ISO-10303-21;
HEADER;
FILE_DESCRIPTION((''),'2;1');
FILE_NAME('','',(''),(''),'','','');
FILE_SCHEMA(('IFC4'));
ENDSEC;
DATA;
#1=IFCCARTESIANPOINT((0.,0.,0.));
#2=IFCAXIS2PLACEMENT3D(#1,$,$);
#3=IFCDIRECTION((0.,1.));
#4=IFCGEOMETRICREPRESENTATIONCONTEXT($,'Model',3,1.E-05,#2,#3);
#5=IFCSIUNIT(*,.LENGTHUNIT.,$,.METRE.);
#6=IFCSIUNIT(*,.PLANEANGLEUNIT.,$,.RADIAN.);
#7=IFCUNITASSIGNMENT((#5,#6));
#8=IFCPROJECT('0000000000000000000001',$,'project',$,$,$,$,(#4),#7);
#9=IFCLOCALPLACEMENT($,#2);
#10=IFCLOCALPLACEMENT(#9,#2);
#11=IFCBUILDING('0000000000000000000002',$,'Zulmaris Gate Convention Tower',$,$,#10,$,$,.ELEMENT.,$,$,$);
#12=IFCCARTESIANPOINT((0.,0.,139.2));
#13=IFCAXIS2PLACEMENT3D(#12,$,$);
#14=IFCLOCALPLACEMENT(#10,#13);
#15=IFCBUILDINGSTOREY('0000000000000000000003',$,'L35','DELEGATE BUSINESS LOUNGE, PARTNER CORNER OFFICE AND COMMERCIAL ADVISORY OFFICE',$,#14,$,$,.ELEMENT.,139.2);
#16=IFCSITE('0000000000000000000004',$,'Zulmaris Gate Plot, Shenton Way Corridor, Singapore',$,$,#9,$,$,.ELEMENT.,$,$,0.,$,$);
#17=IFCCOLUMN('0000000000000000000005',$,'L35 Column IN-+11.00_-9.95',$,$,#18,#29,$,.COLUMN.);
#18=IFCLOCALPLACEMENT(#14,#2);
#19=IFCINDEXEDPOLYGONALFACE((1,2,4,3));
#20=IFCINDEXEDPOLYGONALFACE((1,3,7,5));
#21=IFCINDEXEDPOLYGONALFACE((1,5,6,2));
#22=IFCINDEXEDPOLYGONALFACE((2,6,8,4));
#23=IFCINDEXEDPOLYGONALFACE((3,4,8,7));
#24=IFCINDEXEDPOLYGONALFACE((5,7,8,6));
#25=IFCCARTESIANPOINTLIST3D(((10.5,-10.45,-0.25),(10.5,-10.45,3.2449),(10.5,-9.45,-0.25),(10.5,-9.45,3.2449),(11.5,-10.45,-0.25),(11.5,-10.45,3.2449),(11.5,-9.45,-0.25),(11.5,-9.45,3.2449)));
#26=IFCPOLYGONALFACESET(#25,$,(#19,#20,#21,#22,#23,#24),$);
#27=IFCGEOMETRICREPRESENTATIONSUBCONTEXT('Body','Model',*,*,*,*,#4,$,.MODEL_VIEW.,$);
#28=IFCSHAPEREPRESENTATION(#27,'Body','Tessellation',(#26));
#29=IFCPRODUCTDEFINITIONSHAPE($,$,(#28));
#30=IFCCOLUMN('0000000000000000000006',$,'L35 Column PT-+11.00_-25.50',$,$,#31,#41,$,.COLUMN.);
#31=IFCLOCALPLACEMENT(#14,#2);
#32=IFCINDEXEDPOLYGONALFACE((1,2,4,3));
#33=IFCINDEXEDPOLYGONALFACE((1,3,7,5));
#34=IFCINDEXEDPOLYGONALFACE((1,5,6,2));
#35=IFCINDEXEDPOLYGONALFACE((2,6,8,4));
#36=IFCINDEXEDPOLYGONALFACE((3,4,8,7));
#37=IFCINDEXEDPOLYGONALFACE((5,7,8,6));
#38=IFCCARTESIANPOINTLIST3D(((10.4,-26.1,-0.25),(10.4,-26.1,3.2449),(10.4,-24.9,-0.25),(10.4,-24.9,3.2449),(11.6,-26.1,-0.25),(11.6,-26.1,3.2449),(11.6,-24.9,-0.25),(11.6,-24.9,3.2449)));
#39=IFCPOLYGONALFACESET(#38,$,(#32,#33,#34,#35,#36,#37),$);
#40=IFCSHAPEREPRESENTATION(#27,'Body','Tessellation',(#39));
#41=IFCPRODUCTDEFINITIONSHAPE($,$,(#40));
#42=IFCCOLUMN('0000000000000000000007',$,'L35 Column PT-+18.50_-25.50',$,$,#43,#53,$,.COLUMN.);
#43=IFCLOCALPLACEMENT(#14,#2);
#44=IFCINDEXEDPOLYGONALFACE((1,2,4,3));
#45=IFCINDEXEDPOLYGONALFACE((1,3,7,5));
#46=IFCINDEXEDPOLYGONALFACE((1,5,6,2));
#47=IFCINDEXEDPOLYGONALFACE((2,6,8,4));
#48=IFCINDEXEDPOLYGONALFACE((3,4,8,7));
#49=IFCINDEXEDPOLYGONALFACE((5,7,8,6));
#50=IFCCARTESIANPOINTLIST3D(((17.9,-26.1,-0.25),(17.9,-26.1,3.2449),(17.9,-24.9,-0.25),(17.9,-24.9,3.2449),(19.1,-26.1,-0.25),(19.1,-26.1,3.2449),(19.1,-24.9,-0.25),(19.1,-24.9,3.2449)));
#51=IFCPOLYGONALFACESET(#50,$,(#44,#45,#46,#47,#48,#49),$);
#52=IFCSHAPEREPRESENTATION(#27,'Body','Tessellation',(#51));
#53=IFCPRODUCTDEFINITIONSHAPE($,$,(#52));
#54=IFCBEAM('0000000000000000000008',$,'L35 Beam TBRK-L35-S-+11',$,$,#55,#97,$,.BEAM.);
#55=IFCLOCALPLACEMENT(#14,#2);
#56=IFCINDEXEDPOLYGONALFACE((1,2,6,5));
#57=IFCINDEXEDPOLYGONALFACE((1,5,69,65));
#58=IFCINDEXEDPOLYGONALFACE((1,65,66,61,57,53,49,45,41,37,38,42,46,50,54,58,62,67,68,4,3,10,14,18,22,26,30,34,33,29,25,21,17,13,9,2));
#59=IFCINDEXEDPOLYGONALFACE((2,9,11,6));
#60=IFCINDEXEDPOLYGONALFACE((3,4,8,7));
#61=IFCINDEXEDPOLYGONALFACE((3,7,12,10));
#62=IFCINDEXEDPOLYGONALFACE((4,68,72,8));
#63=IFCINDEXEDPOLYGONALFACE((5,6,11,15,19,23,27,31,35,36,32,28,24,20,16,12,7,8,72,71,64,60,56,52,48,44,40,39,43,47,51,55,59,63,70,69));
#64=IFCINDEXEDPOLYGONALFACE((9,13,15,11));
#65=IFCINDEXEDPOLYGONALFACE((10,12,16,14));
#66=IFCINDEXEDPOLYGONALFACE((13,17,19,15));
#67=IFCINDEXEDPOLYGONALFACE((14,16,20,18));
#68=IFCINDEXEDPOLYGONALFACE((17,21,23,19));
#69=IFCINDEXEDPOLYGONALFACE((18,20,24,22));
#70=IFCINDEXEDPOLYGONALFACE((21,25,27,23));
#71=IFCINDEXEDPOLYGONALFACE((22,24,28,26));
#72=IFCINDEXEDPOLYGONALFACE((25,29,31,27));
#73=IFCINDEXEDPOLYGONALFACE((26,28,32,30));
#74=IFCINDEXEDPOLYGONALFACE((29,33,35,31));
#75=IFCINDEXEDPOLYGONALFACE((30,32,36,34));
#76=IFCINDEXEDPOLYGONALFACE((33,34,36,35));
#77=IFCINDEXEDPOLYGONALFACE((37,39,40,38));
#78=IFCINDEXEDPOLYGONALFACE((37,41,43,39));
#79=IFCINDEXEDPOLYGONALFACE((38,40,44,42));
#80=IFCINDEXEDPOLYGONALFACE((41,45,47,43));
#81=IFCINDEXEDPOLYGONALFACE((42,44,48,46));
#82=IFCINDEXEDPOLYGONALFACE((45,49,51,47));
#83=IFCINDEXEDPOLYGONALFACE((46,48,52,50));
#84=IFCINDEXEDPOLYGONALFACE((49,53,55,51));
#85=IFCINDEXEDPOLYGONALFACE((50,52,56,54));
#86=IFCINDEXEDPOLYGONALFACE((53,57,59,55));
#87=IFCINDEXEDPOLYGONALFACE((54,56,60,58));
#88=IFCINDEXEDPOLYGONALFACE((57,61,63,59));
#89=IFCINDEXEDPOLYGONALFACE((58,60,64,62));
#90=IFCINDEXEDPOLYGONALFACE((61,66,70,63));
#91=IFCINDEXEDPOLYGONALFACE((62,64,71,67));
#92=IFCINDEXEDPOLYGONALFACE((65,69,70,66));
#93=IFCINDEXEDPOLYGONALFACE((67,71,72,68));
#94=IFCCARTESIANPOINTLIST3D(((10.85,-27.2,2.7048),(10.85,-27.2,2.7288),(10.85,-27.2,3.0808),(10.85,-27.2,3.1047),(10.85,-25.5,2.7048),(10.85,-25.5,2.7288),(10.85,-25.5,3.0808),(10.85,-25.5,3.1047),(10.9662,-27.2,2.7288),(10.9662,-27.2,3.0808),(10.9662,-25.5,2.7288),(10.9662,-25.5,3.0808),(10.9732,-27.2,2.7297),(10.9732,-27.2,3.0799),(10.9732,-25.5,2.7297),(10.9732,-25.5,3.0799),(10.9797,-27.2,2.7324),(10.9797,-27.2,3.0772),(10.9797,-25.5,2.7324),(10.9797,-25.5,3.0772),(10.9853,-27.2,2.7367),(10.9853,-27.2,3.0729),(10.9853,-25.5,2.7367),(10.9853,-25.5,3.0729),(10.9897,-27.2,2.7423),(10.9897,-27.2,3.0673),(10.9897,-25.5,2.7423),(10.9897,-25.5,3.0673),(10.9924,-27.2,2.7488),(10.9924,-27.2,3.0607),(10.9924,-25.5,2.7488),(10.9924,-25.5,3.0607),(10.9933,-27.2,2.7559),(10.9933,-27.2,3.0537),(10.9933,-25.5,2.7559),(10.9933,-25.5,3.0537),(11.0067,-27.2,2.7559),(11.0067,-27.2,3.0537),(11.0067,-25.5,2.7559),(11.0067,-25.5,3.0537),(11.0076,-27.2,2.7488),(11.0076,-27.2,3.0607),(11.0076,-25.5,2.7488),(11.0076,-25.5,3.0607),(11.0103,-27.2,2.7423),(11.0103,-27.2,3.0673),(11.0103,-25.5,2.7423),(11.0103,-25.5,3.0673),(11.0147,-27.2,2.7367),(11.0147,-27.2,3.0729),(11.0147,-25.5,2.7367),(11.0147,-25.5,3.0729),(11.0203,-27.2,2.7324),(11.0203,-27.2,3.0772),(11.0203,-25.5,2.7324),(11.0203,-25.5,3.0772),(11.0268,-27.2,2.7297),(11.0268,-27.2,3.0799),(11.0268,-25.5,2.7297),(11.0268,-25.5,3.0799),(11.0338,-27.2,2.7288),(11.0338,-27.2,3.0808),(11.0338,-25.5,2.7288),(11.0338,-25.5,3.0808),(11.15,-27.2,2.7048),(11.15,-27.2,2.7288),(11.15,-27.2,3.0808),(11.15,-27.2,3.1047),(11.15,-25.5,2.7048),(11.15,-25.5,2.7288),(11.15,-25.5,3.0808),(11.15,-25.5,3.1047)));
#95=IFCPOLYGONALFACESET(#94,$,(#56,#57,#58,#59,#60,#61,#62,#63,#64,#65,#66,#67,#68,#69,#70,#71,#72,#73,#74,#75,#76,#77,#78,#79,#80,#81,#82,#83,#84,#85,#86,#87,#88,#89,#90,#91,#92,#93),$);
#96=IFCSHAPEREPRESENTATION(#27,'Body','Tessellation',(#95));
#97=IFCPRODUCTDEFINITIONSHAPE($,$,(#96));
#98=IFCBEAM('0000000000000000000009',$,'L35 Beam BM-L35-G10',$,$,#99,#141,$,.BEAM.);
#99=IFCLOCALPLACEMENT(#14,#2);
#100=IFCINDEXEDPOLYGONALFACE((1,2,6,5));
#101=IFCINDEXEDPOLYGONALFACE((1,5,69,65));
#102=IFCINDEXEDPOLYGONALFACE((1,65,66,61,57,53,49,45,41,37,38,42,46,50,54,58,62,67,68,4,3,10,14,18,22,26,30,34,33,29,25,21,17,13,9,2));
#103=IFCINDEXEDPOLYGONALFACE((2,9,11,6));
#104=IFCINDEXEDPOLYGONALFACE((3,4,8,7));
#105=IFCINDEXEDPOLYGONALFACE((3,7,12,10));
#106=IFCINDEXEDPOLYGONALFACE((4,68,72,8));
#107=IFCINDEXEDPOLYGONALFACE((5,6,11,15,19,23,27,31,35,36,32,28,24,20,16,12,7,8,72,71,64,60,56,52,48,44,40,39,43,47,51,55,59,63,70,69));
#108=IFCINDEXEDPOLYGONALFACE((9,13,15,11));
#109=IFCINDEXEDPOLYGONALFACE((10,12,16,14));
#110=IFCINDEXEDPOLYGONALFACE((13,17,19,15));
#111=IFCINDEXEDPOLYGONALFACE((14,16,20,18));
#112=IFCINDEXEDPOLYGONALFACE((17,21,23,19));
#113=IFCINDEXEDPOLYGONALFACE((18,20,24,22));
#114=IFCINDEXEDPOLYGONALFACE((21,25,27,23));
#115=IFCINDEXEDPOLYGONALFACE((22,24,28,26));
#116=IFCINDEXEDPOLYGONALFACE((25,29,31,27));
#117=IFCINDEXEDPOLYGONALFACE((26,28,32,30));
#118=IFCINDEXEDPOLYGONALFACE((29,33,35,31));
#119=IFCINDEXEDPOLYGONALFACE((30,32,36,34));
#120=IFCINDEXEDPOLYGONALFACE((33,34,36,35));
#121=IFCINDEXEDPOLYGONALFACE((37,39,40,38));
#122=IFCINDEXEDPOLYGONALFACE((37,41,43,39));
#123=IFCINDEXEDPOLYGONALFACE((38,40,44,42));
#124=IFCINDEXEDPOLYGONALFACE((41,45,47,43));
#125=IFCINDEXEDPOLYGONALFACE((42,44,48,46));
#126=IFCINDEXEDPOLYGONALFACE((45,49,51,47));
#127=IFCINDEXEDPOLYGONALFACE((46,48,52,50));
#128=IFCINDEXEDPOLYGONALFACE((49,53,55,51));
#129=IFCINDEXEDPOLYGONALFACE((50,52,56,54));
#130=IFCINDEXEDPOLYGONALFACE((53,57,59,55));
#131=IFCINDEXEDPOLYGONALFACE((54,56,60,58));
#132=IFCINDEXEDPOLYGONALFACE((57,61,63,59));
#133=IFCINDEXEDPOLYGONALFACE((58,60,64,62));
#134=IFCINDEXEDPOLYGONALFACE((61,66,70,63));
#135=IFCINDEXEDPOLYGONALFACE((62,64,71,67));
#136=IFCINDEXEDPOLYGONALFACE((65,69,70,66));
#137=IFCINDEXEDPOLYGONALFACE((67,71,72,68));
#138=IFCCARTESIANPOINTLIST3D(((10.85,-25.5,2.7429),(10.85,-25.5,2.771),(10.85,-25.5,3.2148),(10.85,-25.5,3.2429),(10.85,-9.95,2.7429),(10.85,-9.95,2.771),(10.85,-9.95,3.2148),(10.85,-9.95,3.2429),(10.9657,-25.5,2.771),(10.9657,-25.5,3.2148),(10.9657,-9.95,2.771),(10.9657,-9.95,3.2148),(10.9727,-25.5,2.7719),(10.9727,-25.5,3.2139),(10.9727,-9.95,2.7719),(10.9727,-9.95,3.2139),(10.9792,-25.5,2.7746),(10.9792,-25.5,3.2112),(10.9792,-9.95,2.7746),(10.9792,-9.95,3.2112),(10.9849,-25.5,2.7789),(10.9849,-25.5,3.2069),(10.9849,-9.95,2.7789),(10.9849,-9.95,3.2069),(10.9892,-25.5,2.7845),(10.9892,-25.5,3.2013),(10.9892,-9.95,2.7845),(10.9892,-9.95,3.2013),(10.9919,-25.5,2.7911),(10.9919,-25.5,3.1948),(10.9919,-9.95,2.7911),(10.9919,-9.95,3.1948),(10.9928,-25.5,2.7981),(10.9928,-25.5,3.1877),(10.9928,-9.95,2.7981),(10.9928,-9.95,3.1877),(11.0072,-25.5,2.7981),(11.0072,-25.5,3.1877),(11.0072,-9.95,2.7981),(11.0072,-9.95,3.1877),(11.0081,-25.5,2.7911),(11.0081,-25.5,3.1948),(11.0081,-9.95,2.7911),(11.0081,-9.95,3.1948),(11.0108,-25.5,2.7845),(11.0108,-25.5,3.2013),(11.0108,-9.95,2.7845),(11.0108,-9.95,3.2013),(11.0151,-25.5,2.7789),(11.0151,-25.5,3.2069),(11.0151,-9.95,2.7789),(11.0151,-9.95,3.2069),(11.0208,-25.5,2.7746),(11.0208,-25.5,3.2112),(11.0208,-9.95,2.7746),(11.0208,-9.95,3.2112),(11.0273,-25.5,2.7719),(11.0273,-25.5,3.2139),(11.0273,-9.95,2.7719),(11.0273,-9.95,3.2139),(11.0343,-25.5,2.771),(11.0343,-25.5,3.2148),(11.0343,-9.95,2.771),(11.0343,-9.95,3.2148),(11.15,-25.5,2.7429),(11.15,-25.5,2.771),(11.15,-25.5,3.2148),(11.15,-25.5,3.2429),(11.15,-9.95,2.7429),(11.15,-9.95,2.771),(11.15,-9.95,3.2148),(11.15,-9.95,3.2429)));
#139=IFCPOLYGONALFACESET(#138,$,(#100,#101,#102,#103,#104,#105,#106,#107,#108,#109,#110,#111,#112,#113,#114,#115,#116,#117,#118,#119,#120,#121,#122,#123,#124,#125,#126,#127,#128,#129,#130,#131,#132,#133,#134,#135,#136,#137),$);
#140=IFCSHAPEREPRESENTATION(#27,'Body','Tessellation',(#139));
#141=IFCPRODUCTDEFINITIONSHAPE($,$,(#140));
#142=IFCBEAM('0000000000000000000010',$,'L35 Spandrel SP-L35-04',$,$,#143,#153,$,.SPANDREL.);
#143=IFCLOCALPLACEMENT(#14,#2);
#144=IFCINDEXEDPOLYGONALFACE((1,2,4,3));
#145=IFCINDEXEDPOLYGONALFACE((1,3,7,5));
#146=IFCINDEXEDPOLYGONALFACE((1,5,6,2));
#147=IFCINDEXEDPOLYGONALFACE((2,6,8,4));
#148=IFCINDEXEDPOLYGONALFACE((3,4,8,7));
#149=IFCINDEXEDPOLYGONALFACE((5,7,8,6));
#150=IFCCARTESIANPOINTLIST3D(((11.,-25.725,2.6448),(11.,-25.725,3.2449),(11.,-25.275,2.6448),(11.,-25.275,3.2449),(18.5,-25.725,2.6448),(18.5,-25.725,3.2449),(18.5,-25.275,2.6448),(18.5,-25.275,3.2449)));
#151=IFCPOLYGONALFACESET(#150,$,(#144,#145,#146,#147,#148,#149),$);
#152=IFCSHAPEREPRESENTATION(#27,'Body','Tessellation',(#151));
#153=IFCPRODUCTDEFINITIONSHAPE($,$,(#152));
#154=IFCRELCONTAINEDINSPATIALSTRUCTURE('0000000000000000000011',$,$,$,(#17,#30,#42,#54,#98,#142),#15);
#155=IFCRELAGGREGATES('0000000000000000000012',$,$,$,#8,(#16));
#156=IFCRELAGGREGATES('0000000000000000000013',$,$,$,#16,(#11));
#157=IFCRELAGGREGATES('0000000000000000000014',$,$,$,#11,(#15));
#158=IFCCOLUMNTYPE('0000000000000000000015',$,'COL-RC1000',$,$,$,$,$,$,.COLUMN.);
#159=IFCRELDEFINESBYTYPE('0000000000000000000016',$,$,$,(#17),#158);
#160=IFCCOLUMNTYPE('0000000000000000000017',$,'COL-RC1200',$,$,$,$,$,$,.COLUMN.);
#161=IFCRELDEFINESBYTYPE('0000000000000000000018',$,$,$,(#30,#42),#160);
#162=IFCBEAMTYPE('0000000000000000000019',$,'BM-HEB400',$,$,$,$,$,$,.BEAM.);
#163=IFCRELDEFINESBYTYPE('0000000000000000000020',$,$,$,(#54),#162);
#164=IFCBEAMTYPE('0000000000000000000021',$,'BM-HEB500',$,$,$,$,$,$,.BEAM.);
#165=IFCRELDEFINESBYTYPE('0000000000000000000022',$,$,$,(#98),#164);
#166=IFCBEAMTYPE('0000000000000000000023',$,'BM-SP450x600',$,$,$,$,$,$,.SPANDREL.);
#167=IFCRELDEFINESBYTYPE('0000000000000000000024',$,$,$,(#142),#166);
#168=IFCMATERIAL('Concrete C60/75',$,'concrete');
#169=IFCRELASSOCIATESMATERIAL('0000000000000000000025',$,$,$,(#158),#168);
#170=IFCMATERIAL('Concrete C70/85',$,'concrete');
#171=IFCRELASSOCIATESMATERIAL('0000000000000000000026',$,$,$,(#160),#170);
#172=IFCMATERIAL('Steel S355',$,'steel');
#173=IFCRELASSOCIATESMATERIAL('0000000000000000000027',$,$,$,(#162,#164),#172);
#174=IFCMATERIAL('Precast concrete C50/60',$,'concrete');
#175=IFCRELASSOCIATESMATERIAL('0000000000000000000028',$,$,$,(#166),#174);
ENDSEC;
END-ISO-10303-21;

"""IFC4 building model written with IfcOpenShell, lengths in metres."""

from ifc_helpers import new_model, si_unit, direction, frame, origin, origin_2d, place, context, subcontext, project, spatial, rectangle, i_section, extrude, material, material_profile, profile_set, type_object, element, save


model = new_model("IFC4")

# Units and contexts
model_context = context("Model", 3, precision=1e-05, world=origin(), true_north=direction((0.0, 1.0)))
body_context = subcontext(model_context, "Body", "Model", "MODEL_VIEW")
ifc_project = project(units=[si_unit("LENGTHUNIT", "METRE"), si_unit("PLANEANGLEUNIT", "RADIAN")], contexts=[model_context])

# Site, building, storey
site_placement = place(None, origin())
site = spatial("IfcSite", under=ifc_project, at=site_placement, Name="Zulmaris Gate Plot, Shenton Way Corridor, Singapore", CompositionType="ELEMENT", RefElevation=0.0)
building_placement = place(site_placement, origin())
building = spatial("IfcBuilding", under=site, at=building_placement, Name="Zulmaris Gate Convention Tower", CompositionType="ELEMENT")
storey_placement = place(building_placement, frame((0.0, 0.0, 139.2)))
storey = spatial("IfcBuildingStorey", under=building, at=storey_placement, Name="L35", Description="DELEGATE BUSINESS LOUNGE, PARTNER CORNER OFFICE AND COMMERCIAL ADVISORY OFFICE", CompositionType="ELEMENT", Elevation=139.2)

# Columns
ifc_material_1 = material(Name="Concrete C60/75", Category="concrete")
ifc_material_profile_1 = material_profile(ifc_material_1, rectangle(XDim=1.0, YDim=1.0, at=origin_2d()), Name="RC COL 1000x1000")
ifc_profile_set_1 = profile_set([ifc_material_profile_1], Name="Concrete C60/75")
column_type_1 = type_object("IfcColumnType", Name="COL-RC1000", PredefinedType="COLUMN", material=ifc_profile_set_1)
column_placement = place(storey_placement, frame((11.0, -9.95, -0.25), z_axis=(0.0, 0.0, 1.0), x_axis=(1.0, 0.0, 0.0)))
element("IfcColumn", 1, at=column_placement, inside=storey, type_object=column_type_1, Name="L35 Column IN-+11.00_-9.95", PredefinedType="COLUMN", context=body_context, shape_type="SweptSolid", body=[
    extrude(rectangle(XDim=1.0, YDim=1.0, at=origin_2d()), origin(), (0.0, 0.0, 1.0), 3.4949),
])
ifc_material_2 = material(Name="Concrete C70/85", Category="concrete")
ifc_material_profile_2 = material_profile(ifc_material_2, rectangle(XDim=1.2, YDim=1.2, at=origin_2d()), Name="RC COL 1200x1200")
ifc_profile_set_2 = profile_set([ifc_material_profile_2], Name="Concrete C70/85")
column_type_2 = type_object("IfcColumnType", Name="COL-RC1200", PredefinedType="COLUMN", material=ifc_profile_set_2)
for number, where, z_axis, x_axis, name in (
    (2, (11.0, -25.5, -0.25), (0.0, 0.0, 1.0), (1.0, 0.0, 0.0), "L35 Column PT-+11.00_-25.50"),
    (3, (18.5, -25.5, -0.25), (0.0, 0.0, 1.0), (1.0, 0.0, 0.0), "L35 Column PT-+18.50_-25.50"),
):
    element("IfcColumn", number, at=place(storey_placement, frame(where, z_axis=z_axis, x_axis=x_axis)), inside=storey, type_object=column_type_2, Name=name, PredefinedType="COLUMN", context=body_context, shape_type="SweptSolid", body=[
        extrude(rectangle(XDim=1.2, YDim=1.2, at=origin_2d()), origin(), (0.0, 0.0, 1.0), 3.4949),
    ])

# Beams
ifc_material_3 = material(Name="Steel S355", Category="steel")
ifc_material_profile_3 = material_profile(ifc_material_3, i_section(OverallWidth=0.3, OverallDepth=0.3999, WebThickness=0.0134, FlangeThickness=0.0239, FilletRadius=0.0271, at=origin_2d()), Name="HEB 400")
ifc_profile_set_3 = profile_set([ifc_material_profile_3], Name="Steel S355")
beam_type_1 = type_object("IfcBeamType", Name="BM-HEB400", PredefinedType="BEAM", material=ifc_profile_set_3)
beam_1_placement = place(storey_placement, frame((11.0, -27.2, 2.9048), z_axis=(0.0, 1.0, 0.0), x_axis=(-1.0, 0.0, 0.0)))
element("IfcBeam", 4, at=beam_1_placement, inside=storey, type_object=beam_type_1, Name="L35 Beam TBRK-L35-S-+11", PredefinedType="BEAM", context=body_context, shape_type="SweptSolid", body=[
    extrude(i_section(OverallWidth=0.3, OverallDepth=0.3999, WebThickness=0.0134, FlangeThickness=0.0239, FilletRadius=0.0271, at=origin_2d()), origin(), (0.0, 0.0, 1.0), 1.7),
])
ifc_material_profile_4 = material_profile(ifc_material_3, i_section(OverallWidth=0.3, OverallDepth=0.5, WebThickness=0.0144, FlangeThickness=0.0281, FilletRadius=0.0271, at=origin_2d()), Name="HEB 500")
ifc_profile_set_4 = profile_set([ifc_material_profile_4], Name="Steel S355")
beam_type_2 = type_object("IfcBeamType", Name="BM-HEB500", PredefinedType="BEAM", material=ifc_profile_set_4)
beam_2_placement = place(storey_placement, frame((11.0, -25.5, 2.9929), z_axis=(0.0, 1.0, 0.0), x_axis=(-1.0, 0.0, 0.0)))
element("IfcBeam", 5, at=beam_2_placement, inside=storey, type_object=beam_type_2, Name="L35 Beam BM-L35-G10", PredefinedType="BEAM", context=body_context, shape_type="SweptSolid", body=[
    extrude(i_section(OverallWidth=0.3, OverallDepth=0.5, WebThickness=0.0144, FlangeThickness=0.0281, FilletRadius=0.0271, at=origin_2d()), origin(), (0.0, 0.0, 1.0), 15.55),
])
ifc_material_4 = material(Name="Precast concrete C50/60", Category="concrete")
ifc_material_profile_5 = material_profile(ifc_material_4, rectangle(XDim=0.45, YDim=0.6001, at=origin_2d()), Name="RC SPANDREL 450x600")
ifc_profile_set_5 = profile_set([ifc_material_profile_5], Name="Precast concrete C50/60")
beam_type_3 = type_object("IfcBeamType", Name="BM-SP450x600", PredefinedType="SPANDREL", material=ifc_profile_set_5)
beam_3_placement = place(storey_placement, frame((11.0, -25.5, 2.9448), z_axis=(1.0, 0.0, 0.0), x_axis=(0.0, 1.0, 0.0)))
element("IfcBeam", 6, at=beam_3_placement, inside=storey, type_object=beam_type_3, Name="L35 Spandrel SP-L35-04", PredefinedType="SPANDREL", context=body_context, shape_type="SweptSolid", body=[
    extrude(rectangle(XDim=0.45, YDim=0.6001, at=origin_2d()), origin(), (0.0, 0.0, 1.0), 7.5),
])

save(model, "model.ifc")
